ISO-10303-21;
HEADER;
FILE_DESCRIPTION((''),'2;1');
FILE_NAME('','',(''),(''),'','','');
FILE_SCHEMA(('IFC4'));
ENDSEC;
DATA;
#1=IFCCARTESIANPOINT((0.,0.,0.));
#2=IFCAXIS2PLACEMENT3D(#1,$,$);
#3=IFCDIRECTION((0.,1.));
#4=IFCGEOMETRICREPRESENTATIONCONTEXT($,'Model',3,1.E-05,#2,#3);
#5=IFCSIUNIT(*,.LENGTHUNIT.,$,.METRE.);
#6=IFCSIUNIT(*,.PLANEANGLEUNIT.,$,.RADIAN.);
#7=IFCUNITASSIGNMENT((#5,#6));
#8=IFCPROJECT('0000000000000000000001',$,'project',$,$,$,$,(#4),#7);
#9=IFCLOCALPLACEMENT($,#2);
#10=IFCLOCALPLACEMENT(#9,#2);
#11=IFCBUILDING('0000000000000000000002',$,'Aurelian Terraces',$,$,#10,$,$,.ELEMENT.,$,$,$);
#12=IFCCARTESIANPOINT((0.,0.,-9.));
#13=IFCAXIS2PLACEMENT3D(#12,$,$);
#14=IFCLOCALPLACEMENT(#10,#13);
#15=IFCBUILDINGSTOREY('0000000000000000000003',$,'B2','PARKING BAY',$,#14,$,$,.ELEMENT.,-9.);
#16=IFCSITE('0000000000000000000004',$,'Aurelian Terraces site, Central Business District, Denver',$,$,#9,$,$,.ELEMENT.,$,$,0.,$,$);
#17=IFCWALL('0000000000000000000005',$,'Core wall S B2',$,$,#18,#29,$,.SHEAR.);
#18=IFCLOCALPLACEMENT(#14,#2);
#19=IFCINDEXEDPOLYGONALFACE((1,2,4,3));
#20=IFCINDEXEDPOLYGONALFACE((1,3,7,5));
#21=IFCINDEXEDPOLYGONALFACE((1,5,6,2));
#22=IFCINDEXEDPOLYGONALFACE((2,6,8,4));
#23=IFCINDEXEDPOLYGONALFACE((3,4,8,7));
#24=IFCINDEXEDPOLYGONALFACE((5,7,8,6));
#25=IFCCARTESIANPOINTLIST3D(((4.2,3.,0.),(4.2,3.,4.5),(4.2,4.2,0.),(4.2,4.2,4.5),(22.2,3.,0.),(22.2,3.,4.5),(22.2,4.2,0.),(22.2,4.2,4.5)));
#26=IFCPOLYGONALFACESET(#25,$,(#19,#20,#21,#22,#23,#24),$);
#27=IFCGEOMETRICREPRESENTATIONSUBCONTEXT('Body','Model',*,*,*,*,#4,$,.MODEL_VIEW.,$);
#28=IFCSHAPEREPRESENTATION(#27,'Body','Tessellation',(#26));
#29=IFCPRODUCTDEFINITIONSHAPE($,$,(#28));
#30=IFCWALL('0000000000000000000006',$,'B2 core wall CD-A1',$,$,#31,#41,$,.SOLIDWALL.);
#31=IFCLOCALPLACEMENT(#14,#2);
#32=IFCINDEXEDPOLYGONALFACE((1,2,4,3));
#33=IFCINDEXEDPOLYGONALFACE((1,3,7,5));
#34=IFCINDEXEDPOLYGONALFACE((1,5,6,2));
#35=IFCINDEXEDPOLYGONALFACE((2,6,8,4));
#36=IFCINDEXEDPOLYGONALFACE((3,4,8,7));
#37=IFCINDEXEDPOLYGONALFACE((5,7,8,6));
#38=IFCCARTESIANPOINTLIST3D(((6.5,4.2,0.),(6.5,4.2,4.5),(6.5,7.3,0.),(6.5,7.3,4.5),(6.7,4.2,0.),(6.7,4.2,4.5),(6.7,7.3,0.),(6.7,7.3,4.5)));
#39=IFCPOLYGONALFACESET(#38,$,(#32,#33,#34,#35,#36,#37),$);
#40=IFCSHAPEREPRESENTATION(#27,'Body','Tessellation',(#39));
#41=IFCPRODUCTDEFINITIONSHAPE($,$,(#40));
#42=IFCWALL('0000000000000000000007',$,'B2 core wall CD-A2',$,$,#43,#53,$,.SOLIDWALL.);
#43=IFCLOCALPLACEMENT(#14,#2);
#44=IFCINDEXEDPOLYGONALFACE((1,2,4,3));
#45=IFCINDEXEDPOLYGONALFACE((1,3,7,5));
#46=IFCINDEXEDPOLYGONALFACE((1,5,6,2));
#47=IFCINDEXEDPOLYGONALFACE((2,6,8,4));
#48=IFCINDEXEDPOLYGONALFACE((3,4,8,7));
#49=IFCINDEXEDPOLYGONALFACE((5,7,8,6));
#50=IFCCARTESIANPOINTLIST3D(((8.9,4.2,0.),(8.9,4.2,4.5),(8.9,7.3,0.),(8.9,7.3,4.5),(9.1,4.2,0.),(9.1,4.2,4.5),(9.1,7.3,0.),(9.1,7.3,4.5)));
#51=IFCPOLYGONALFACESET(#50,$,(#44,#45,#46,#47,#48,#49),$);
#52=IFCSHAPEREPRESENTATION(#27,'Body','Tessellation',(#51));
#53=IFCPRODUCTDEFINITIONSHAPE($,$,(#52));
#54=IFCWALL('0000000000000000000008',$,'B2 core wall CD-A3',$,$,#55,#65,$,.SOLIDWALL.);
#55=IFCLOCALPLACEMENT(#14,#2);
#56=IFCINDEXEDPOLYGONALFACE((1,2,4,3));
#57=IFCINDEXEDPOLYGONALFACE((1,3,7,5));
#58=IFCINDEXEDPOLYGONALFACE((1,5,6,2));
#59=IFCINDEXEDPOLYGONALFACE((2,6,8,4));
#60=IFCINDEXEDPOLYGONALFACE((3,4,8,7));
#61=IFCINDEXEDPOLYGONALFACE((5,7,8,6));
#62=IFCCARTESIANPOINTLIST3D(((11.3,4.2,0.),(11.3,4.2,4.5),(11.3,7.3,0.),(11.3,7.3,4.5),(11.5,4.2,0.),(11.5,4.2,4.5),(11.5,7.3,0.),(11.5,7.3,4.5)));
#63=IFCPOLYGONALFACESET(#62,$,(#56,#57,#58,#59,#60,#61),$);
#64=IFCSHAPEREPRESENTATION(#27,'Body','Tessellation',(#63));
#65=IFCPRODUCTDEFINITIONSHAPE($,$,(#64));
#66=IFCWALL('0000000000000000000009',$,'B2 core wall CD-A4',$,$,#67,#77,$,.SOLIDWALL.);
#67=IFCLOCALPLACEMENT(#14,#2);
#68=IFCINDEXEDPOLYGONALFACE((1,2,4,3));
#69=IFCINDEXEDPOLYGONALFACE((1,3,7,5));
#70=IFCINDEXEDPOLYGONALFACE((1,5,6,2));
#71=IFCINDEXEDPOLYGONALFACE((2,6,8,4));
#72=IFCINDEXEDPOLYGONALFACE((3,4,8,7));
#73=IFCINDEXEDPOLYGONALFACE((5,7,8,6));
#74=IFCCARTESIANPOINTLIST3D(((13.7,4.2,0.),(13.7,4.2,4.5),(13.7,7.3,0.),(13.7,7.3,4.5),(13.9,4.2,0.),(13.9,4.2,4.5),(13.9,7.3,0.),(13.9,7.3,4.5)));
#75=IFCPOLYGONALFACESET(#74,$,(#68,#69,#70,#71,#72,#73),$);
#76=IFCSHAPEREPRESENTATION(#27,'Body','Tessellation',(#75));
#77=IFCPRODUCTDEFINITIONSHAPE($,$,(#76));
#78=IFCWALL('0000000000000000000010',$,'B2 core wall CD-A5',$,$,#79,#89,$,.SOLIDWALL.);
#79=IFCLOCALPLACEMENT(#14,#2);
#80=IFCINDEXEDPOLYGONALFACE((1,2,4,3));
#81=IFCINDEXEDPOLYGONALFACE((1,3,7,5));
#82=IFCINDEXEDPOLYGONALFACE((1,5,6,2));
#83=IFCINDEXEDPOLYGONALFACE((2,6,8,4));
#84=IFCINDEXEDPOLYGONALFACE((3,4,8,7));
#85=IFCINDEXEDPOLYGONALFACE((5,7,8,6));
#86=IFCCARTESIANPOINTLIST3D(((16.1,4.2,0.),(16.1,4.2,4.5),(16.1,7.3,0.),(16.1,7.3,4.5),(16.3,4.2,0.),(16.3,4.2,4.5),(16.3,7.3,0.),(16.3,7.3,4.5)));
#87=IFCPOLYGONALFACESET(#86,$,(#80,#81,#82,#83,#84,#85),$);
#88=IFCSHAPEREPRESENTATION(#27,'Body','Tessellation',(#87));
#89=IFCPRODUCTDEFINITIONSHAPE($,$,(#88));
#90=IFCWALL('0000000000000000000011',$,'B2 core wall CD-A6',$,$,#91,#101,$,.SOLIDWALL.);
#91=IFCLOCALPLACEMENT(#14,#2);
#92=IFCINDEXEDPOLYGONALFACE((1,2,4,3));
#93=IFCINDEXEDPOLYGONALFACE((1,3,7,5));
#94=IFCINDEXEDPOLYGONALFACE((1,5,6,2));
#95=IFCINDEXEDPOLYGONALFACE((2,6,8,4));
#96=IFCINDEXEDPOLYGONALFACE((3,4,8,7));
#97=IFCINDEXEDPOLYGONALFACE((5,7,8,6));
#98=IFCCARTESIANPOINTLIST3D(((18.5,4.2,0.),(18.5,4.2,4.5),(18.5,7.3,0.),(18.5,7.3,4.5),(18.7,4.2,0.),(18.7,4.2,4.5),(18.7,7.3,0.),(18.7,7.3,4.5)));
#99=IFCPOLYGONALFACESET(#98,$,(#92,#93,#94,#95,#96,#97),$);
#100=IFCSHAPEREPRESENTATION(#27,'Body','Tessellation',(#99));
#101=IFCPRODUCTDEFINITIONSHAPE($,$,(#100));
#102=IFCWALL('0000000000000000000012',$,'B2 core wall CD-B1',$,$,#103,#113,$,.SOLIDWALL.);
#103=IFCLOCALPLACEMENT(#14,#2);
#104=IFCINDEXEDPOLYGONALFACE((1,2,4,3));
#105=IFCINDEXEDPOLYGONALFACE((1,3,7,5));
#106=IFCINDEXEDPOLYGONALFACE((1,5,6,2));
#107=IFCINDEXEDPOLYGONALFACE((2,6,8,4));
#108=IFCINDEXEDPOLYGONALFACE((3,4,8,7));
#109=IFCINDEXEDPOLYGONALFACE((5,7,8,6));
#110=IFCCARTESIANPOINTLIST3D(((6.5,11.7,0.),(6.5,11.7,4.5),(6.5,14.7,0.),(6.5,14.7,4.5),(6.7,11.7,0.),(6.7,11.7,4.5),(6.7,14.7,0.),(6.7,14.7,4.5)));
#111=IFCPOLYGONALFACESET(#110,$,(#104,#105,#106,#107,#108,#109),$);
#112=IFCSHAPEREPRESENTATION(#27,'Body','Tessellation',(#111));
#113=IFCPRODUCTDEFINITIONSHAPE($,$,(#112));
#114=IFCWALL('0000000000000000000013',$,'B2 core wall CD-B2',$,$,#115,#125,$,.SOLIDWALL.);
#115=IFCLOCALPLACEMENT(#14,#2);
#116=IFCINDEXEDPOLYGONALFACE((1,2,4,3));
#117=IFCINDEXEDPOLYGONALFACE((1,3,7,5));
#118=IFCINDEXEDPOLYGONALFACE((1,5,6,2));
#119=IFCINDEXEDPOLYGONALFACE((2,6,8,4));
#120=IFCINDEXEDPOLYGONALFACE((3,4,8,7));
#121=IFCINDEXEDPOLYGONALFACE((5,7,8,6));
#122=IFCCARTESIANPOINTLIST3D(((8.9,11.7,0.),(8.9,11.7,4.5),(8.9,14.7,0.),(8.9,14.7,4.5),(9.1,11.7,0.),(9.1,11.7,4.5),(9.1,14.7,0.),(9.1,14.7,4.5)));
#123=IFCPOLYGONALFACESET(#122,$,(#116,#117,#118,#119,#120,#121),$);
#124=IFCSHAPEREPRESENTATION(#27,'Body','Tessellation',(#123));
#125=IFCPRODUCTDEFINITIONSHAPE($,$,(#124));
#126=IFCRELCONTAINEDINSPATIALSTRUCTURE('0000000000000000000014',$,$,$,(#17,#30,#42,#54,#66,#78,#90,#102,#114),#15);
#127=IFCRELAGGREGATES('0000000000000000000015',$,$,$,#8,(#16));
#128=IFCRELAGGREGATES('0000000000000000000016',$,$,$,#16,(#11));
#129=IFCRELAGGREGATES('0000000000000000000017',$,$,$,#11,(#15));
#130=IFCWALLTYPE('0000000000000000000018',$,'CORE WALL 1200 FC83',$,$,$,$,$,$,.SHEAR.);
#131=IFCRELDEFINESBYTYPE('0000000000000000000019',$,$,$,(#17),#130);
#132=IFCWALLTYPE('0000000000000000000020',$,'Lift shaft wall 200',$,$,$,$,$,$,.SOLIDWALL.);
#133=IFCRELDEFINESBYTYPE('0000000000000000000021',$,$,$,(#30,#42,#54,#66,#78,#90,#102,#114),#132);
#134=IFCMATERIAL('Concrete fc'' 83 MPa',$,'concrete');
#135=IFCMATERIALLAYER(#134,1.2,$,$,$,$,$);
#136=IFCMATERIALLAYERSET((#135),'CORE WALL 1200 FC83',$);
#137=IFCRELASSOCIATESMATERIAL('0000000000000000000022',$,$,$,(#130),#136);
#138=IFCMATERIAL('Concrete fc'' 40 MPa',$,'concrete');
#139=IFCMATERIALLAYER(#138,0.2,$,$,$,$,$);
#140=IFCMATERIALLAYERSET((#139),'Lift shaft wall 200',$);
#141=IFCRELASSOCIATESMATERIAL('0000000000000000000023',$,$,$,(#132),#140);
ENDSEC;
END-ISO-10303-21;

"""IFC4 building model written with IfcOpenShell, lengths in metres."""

from ifc_helpers import new_model, si_unit, direction, frame, frame_2d, origin, place, context, subcontext, project, spatial, rectangle, extrude, source, transform, mapped, material, layer, layer_set, type_object, element, save


model = new_model("IFC4")

# Units and contexts
model_context = context("Model", 3, precision=1e-05, world=origin(), true_north=direction((0.0, 1.0)))
body_context = subcontext(model_context, "Body", "Model", "MODEL_VIEW")
ifc_project = project(units=[si_unit("LENGTHUNIT", "METRE"), si_unit("PLANEANGLEUNIT", "RADIAN")], contexts=[model_context])

# Site, building, storey
site_placement = place(None, origin())
site = spatial("IfcSite", under=ifc_project, at=site_placement, Name="Aurelian Terraces site, Central Business District, Denver", CompositionType="ELEMENT", RefElevation=0.0)
building_placement = place(site_placement, origin())
building = spatial("IfcBuilding", under=site, at=building_placement, Name="Aurelian Terraces", CompositionType="ELEMENT")
storey_placement = place(building_placement, frame((0.0, 0.0, -9.0)))
storey = spatial("IfcBuildingStorey", under=building, at=storey_placement, Name="B2", Description="PARKING BAY", CompositionType="ELEMENT", Elevation=-9.0)

# Shared definitions
ifc_material_1 = material(Name="Concrete fc' 83 MPa", Category="concrete")

# Shared definitions
ifc_material_2 = material(Name="Concrete fc' 40 MPa", Category="concrete")

# Shared definitions
ifc_layer_1 = layer(ifc_material_1, 1.2)
ifc_layer_set_1 = layer_set([ifc_layer_1], Name="CORE WALL 1200 FC83")
wall_type_1 = type_object("IfcWallType", Name="CORE WALL 1200 FC83", PredefinedType="SHEAR", material=ifc_layer_set_1)
shared_shape_1 = source(origin(), body_context, "Body", "SweptSolid", [
    extrude(rectangle(XDim=18.0, YDim=1.2, at=frame_2d((9.0, 0.0))), origin(), (0.0, 0.0, 1.0), 4.5),
])

# Walls
wall_1_placement = place(storey_placement, frame((4.2, 3.6, 0.0), z_axis=(0.0, 0.0, 1.0), x_axis=(1.0, 0.0, 0.0)))
element("IfcWall", 1, at=wall_1_placement, inside=storey, type_object=wall_type_1, Name="Core wall S B2", PredefinedType="SHEAR", context=body_context, shape_type="MappedRepresentation", body=[
    mapped(shared_shape_1, transform((0.0, 0.0, 0.0), scale=1.0)),
])
ifc_layer_2 = layer(ifc_material_2, 0.2)
ifc_layer_set_2 = layer_set([ifc_layer_2], Name="Lift shaft wall 200")
wall_type_2 = type_object("IfcWallType", Name="Lift shaft wall 200", PredefinedType="SOLIDWALL", material=ifc_layer_set_2)
shared_shape_2 = source(origin(), body_context, "Body", "SweptSolid", [
    extrude(rectangle(XDim=3.1, YDim=0.2, at=frame_2d((1.55, 0.0))), origin(), (0.0, 0.0, 1.0), 4.5),
])
for number, where, z_axis, x_axis, name in (
    (2, (6.6, 4.2, 0.0), (0.0, 0.0, 1.0), (0.0, 1.0, 0.0), "B2 core wall CD-A1"),
    (3, (9.0, 4.2, 0.0), (0.0, 0.0, 1.0), (0.0, 1.0, 0.0), "B2 core wall CD-A2"),
    (4, (11.4, 4.2, 0.0), (0.0, 0.0, 1.0), (0.0, 1.0, 0.0), "B2 core wall CD-A3"),
    (5, (13.8, 4.2, 0.0), (0.0, 0.0, 1.0), (0.0, 1.0, 0.0), "B2 core wall CD-A4"),
    (6, (16.2, 4.2, 0.0), (0.0, 0.0, 1.0), (0.0, 1.0, 0.0), "B2 core wall CD-A5"),
    (7, (18.6, 4.2, 0.0), (0.0, 0.0, 1.0), (0.0, 1.0, 0.0), "B2 core wall CD-A6"),
):
    element("IfcWall", number, at=place(storey_placement, frame(where, z_axis=z_axis, x_axis=x_axis)), inside=storey, type_object=wall_type_2, Name=name, PredefinedType="SOLIDWALL", context=body_context, shape_type="MappedRepresentation", body=[
        mapped(shared_shape_2, transform((0.0, 0.0, 0.0), scale=1.0)),
    ])
shared_shape_3 = source(origin(), body_context, "Body", "SweptSolid", [
    extrude(rectangle(XDim=3.0, YDim=0.2, at=frame_2d((1.5, 0.0))), origin(), (0.0, 0.0, 1.0), 4.5),
])
for number, where, z_axis, x_axis, name in (
    (8, (6.6, 11.7, 0.0), (0.0, 0.0, 1.0), (0.0, 1.0, 0.0), "B2 core wall CD-B1"),
    (9, (9.0, 11.7, 0.0), (0.0, 0.0, 1.0), (0.0, 1.0, 0.0), "B2 core wall CD-B2"),
):
    element("IfcWall", number, at=place(storey_placement, frame(where, z_axis=z_axis, x_axis=x_axis)), inside=storey, type_object=wall_type_2, Name=name, PredefinedType="SOLIDWALL", context=body_context, shape_type="MappedRepresentation", body=[
        mapped(shared_shape_3, transform((0.0, 0.0, 0.0), scale=1.0)),
    ])

save(model, "model.ifc")
